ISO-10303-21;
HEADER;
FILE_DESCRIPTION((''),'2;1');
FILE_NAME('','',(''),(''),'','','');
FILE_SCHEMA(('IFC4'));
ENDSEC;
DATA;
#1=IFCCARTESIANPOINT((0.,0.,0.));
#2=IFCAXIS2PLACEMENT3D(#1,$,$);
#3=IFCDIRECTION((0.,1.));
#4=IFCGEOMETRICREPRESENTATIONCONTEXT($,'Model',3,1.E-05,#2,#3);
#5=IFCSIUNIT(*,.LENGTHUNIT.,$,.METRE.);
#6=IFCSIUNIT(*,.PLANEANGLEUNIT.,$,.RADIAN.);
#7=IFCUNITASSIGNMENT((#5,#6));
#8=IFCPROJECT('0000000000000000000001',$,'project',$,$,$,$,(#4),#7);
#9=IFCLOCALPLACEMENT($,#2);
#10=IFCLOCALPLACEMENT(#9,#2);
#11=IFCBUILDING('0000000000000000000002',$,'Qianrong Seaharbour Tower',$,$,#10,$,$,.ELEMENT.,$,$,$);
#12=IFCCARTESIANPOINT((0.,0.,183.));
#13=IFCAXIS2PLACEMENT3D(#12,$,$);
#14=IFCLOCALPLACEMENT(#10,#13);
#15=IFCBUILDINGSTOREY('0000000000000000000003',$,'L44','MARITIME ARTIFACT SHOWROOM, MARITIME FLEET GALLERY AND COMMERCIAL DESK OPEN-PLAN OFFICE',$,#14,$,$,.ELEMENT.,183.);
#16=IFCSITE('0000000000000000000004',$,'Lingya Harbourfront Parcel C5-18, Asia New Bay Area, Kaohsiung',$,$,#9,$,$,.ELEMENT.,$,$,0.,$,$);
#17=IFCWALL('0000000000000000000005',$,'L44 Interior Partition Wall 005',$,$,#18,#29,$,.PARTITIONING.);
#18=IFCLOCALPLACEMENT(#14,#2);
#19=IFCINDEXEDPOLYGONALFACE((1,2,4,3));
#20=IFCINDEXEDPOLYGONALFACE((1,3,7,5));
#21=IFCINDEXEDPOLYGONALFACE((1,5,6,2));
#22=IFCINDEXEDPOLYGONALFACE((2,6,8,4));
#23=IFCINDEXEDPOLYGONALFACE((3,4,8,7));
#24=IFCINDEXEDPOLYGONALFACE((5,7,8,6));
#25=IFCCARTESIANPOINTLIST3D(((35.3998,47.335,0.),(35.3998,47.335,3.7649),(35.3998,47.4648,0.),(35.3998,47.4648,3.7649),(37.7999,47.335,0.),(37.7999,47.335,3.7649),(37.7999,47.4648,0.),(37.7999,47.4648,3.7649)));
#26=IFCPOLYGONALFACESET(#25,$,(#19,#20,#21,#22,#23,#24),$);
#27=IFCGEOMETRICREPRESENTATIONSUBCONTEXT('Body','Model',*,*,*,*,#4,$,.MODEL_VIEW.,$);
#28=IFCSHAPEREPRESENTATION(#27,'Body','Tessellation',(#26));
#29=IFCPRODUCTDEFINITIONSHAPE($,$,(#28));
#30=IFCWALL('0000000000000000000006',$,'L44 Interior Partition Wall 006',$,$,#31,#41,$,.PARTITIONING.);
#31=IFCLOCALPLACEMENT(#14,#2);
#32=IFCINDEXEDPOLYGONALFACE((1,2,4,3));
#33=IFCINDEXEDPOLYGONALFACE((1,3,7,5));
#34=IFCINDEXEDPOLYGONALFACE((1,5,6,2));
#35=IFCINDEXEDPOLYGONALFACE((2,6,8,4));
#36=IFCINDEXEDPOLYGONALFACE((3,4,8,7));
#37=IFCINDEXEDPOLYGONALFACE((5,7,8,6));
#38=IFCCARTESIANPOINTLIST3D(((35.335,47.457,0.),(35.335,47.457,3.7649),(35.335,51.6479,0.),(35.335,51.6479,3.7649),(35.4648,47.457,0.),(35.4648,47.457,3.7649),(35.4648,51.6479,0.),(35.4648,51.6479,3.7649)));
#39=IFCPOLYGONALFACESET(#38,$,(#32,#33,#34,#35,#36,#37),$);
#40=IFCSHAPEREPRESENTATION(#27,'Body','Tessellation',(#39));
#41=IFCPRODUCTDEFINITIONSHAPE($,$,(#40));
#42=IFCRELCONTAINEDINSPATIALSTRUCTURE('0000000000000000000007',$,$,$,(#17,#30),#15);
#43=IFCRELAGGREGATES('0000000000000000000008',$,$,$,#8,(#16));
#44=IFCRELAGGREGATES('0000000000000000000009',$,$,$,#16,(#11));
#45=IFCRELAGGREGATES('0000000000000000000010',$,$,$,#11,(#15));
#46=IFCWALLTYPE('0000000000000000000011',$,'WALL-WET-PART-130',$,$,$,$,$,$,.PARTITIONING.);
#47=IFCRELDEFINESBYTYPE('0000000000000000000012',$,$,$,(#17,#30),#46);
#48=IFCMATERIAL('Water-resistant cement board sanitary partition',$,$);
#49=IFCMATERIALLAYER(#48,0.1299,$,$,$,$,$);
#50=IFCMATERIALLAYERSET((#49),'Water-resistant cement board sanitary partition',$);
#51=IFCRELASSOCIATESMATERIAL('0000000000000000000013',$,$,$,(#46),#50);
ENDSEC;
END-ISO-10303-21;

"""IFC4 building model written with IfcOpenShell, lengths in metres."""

from ifc_helpers import new_model, si_unit, direction, frame, frame_2d, origin, place, context, subcontext, project, spatial, rectangle, extrude, material, layer, layer_set, type_object, element, save


model = new_model("IFC4")

# Units and contexts
model_context = context("Model", 3, precision=1e-05, world=origin(), true_north=direction((0.0, 1.0)))
body_context = subcontext(model_context, "Body", "Model", "MODEL_VIEW")
ifc_project = project(units=[si_unit("LENGTHUNIT", "METRE"), si_unit("PLANEANGLEUNIT", "RADIAN")], contexts=[model_context])

# Site, building, storey
site_placement = place(None, origin())
site = spatial("IfcSite", under=ifc_project, at=site_placement, Name="Lingya Harbourfront Parcel C5-18, Asia New Bay Area, Kaohsiung", CompositionType="ELEMENT", RefElevation=0.0)
building_placement = place(site_placement, origin())
building = spatial("IfcBuilding", under=site, at=building_placement, Name="Qianrong Seaharbour Tower", CompositionType="ELEMENT")
storey_placement = place(building_placement, frame((0.0, 0.0, 183.0)))
storey = spatial("IfcBuildingStorey", under=building, at=storey_placement, Name="L44", Description="MARITIME ARTIFACT SHOWROOM, MARITIME FLEET GALLERY AND COMMERCIAL DESK OPEN-PLAN OFFICE", CompositionType="ELEMENT", Elevation=183.0)

# Shared definitions
ifc_material_1 = material(Name="Water-resistant cement board sanitary partition")
ifc_layer_1 = layer(ifc_material_1, 0.1299)
ifc_layer_set_1 = layer_set([ifc_layer_1], Name="Water-resistant cement board sanitary partition")
wall_type_1 = type_object("IfcWallType", Name="WALL-WET-PART-130", PredefinedType="PARTITIONING", material=ifc_layer_set_1)

# Walls
wall_1_placement = place(storey_placement, frame((37.8, 47.3999, 0.0), z_axis=(0.0, 0.0, 1.0), x_axis=(-1.0, 0.0, 0.0)))
element("IfcWall", 1, at=wall_1_placement, inside=storey, type_object=wall_type_1, Name="L44 Interior Partition Wall 005", PredefinedType="PARTITIONING", context=body_context, shape_type="SweptSolid", body=[
    extrude(rectangle(XDim=2.4001, YDim=0.1299, at=frame_2d((1.2002, 0.0))), origin(), (0.0, 0.0, 1.0), 3.7649),
])
wall_2_placement = place(storey_placement, frame((35.3999, 47.457, 0.0), z_axis=(0.0, 0.0, 1.0), x_axis=(0.0, 1.0, 0.0)))
element("IfcWall", 2, at=wall_2_placement, inside=storey, type_object=wall_type_1, Name="L44 Interior Partition Wall 006", PredefinedType="PARTITIONING", context=body_context, shape_type="SweptSolid", body=[
    extrude(rectangle(XDim=4.1909, YDim=0.1299, at=frame_2d((2.0955, 0.0))), origin(), (0.0, 0.0, 1.0), 3.7649),
])

save(model, "model.ifc")
